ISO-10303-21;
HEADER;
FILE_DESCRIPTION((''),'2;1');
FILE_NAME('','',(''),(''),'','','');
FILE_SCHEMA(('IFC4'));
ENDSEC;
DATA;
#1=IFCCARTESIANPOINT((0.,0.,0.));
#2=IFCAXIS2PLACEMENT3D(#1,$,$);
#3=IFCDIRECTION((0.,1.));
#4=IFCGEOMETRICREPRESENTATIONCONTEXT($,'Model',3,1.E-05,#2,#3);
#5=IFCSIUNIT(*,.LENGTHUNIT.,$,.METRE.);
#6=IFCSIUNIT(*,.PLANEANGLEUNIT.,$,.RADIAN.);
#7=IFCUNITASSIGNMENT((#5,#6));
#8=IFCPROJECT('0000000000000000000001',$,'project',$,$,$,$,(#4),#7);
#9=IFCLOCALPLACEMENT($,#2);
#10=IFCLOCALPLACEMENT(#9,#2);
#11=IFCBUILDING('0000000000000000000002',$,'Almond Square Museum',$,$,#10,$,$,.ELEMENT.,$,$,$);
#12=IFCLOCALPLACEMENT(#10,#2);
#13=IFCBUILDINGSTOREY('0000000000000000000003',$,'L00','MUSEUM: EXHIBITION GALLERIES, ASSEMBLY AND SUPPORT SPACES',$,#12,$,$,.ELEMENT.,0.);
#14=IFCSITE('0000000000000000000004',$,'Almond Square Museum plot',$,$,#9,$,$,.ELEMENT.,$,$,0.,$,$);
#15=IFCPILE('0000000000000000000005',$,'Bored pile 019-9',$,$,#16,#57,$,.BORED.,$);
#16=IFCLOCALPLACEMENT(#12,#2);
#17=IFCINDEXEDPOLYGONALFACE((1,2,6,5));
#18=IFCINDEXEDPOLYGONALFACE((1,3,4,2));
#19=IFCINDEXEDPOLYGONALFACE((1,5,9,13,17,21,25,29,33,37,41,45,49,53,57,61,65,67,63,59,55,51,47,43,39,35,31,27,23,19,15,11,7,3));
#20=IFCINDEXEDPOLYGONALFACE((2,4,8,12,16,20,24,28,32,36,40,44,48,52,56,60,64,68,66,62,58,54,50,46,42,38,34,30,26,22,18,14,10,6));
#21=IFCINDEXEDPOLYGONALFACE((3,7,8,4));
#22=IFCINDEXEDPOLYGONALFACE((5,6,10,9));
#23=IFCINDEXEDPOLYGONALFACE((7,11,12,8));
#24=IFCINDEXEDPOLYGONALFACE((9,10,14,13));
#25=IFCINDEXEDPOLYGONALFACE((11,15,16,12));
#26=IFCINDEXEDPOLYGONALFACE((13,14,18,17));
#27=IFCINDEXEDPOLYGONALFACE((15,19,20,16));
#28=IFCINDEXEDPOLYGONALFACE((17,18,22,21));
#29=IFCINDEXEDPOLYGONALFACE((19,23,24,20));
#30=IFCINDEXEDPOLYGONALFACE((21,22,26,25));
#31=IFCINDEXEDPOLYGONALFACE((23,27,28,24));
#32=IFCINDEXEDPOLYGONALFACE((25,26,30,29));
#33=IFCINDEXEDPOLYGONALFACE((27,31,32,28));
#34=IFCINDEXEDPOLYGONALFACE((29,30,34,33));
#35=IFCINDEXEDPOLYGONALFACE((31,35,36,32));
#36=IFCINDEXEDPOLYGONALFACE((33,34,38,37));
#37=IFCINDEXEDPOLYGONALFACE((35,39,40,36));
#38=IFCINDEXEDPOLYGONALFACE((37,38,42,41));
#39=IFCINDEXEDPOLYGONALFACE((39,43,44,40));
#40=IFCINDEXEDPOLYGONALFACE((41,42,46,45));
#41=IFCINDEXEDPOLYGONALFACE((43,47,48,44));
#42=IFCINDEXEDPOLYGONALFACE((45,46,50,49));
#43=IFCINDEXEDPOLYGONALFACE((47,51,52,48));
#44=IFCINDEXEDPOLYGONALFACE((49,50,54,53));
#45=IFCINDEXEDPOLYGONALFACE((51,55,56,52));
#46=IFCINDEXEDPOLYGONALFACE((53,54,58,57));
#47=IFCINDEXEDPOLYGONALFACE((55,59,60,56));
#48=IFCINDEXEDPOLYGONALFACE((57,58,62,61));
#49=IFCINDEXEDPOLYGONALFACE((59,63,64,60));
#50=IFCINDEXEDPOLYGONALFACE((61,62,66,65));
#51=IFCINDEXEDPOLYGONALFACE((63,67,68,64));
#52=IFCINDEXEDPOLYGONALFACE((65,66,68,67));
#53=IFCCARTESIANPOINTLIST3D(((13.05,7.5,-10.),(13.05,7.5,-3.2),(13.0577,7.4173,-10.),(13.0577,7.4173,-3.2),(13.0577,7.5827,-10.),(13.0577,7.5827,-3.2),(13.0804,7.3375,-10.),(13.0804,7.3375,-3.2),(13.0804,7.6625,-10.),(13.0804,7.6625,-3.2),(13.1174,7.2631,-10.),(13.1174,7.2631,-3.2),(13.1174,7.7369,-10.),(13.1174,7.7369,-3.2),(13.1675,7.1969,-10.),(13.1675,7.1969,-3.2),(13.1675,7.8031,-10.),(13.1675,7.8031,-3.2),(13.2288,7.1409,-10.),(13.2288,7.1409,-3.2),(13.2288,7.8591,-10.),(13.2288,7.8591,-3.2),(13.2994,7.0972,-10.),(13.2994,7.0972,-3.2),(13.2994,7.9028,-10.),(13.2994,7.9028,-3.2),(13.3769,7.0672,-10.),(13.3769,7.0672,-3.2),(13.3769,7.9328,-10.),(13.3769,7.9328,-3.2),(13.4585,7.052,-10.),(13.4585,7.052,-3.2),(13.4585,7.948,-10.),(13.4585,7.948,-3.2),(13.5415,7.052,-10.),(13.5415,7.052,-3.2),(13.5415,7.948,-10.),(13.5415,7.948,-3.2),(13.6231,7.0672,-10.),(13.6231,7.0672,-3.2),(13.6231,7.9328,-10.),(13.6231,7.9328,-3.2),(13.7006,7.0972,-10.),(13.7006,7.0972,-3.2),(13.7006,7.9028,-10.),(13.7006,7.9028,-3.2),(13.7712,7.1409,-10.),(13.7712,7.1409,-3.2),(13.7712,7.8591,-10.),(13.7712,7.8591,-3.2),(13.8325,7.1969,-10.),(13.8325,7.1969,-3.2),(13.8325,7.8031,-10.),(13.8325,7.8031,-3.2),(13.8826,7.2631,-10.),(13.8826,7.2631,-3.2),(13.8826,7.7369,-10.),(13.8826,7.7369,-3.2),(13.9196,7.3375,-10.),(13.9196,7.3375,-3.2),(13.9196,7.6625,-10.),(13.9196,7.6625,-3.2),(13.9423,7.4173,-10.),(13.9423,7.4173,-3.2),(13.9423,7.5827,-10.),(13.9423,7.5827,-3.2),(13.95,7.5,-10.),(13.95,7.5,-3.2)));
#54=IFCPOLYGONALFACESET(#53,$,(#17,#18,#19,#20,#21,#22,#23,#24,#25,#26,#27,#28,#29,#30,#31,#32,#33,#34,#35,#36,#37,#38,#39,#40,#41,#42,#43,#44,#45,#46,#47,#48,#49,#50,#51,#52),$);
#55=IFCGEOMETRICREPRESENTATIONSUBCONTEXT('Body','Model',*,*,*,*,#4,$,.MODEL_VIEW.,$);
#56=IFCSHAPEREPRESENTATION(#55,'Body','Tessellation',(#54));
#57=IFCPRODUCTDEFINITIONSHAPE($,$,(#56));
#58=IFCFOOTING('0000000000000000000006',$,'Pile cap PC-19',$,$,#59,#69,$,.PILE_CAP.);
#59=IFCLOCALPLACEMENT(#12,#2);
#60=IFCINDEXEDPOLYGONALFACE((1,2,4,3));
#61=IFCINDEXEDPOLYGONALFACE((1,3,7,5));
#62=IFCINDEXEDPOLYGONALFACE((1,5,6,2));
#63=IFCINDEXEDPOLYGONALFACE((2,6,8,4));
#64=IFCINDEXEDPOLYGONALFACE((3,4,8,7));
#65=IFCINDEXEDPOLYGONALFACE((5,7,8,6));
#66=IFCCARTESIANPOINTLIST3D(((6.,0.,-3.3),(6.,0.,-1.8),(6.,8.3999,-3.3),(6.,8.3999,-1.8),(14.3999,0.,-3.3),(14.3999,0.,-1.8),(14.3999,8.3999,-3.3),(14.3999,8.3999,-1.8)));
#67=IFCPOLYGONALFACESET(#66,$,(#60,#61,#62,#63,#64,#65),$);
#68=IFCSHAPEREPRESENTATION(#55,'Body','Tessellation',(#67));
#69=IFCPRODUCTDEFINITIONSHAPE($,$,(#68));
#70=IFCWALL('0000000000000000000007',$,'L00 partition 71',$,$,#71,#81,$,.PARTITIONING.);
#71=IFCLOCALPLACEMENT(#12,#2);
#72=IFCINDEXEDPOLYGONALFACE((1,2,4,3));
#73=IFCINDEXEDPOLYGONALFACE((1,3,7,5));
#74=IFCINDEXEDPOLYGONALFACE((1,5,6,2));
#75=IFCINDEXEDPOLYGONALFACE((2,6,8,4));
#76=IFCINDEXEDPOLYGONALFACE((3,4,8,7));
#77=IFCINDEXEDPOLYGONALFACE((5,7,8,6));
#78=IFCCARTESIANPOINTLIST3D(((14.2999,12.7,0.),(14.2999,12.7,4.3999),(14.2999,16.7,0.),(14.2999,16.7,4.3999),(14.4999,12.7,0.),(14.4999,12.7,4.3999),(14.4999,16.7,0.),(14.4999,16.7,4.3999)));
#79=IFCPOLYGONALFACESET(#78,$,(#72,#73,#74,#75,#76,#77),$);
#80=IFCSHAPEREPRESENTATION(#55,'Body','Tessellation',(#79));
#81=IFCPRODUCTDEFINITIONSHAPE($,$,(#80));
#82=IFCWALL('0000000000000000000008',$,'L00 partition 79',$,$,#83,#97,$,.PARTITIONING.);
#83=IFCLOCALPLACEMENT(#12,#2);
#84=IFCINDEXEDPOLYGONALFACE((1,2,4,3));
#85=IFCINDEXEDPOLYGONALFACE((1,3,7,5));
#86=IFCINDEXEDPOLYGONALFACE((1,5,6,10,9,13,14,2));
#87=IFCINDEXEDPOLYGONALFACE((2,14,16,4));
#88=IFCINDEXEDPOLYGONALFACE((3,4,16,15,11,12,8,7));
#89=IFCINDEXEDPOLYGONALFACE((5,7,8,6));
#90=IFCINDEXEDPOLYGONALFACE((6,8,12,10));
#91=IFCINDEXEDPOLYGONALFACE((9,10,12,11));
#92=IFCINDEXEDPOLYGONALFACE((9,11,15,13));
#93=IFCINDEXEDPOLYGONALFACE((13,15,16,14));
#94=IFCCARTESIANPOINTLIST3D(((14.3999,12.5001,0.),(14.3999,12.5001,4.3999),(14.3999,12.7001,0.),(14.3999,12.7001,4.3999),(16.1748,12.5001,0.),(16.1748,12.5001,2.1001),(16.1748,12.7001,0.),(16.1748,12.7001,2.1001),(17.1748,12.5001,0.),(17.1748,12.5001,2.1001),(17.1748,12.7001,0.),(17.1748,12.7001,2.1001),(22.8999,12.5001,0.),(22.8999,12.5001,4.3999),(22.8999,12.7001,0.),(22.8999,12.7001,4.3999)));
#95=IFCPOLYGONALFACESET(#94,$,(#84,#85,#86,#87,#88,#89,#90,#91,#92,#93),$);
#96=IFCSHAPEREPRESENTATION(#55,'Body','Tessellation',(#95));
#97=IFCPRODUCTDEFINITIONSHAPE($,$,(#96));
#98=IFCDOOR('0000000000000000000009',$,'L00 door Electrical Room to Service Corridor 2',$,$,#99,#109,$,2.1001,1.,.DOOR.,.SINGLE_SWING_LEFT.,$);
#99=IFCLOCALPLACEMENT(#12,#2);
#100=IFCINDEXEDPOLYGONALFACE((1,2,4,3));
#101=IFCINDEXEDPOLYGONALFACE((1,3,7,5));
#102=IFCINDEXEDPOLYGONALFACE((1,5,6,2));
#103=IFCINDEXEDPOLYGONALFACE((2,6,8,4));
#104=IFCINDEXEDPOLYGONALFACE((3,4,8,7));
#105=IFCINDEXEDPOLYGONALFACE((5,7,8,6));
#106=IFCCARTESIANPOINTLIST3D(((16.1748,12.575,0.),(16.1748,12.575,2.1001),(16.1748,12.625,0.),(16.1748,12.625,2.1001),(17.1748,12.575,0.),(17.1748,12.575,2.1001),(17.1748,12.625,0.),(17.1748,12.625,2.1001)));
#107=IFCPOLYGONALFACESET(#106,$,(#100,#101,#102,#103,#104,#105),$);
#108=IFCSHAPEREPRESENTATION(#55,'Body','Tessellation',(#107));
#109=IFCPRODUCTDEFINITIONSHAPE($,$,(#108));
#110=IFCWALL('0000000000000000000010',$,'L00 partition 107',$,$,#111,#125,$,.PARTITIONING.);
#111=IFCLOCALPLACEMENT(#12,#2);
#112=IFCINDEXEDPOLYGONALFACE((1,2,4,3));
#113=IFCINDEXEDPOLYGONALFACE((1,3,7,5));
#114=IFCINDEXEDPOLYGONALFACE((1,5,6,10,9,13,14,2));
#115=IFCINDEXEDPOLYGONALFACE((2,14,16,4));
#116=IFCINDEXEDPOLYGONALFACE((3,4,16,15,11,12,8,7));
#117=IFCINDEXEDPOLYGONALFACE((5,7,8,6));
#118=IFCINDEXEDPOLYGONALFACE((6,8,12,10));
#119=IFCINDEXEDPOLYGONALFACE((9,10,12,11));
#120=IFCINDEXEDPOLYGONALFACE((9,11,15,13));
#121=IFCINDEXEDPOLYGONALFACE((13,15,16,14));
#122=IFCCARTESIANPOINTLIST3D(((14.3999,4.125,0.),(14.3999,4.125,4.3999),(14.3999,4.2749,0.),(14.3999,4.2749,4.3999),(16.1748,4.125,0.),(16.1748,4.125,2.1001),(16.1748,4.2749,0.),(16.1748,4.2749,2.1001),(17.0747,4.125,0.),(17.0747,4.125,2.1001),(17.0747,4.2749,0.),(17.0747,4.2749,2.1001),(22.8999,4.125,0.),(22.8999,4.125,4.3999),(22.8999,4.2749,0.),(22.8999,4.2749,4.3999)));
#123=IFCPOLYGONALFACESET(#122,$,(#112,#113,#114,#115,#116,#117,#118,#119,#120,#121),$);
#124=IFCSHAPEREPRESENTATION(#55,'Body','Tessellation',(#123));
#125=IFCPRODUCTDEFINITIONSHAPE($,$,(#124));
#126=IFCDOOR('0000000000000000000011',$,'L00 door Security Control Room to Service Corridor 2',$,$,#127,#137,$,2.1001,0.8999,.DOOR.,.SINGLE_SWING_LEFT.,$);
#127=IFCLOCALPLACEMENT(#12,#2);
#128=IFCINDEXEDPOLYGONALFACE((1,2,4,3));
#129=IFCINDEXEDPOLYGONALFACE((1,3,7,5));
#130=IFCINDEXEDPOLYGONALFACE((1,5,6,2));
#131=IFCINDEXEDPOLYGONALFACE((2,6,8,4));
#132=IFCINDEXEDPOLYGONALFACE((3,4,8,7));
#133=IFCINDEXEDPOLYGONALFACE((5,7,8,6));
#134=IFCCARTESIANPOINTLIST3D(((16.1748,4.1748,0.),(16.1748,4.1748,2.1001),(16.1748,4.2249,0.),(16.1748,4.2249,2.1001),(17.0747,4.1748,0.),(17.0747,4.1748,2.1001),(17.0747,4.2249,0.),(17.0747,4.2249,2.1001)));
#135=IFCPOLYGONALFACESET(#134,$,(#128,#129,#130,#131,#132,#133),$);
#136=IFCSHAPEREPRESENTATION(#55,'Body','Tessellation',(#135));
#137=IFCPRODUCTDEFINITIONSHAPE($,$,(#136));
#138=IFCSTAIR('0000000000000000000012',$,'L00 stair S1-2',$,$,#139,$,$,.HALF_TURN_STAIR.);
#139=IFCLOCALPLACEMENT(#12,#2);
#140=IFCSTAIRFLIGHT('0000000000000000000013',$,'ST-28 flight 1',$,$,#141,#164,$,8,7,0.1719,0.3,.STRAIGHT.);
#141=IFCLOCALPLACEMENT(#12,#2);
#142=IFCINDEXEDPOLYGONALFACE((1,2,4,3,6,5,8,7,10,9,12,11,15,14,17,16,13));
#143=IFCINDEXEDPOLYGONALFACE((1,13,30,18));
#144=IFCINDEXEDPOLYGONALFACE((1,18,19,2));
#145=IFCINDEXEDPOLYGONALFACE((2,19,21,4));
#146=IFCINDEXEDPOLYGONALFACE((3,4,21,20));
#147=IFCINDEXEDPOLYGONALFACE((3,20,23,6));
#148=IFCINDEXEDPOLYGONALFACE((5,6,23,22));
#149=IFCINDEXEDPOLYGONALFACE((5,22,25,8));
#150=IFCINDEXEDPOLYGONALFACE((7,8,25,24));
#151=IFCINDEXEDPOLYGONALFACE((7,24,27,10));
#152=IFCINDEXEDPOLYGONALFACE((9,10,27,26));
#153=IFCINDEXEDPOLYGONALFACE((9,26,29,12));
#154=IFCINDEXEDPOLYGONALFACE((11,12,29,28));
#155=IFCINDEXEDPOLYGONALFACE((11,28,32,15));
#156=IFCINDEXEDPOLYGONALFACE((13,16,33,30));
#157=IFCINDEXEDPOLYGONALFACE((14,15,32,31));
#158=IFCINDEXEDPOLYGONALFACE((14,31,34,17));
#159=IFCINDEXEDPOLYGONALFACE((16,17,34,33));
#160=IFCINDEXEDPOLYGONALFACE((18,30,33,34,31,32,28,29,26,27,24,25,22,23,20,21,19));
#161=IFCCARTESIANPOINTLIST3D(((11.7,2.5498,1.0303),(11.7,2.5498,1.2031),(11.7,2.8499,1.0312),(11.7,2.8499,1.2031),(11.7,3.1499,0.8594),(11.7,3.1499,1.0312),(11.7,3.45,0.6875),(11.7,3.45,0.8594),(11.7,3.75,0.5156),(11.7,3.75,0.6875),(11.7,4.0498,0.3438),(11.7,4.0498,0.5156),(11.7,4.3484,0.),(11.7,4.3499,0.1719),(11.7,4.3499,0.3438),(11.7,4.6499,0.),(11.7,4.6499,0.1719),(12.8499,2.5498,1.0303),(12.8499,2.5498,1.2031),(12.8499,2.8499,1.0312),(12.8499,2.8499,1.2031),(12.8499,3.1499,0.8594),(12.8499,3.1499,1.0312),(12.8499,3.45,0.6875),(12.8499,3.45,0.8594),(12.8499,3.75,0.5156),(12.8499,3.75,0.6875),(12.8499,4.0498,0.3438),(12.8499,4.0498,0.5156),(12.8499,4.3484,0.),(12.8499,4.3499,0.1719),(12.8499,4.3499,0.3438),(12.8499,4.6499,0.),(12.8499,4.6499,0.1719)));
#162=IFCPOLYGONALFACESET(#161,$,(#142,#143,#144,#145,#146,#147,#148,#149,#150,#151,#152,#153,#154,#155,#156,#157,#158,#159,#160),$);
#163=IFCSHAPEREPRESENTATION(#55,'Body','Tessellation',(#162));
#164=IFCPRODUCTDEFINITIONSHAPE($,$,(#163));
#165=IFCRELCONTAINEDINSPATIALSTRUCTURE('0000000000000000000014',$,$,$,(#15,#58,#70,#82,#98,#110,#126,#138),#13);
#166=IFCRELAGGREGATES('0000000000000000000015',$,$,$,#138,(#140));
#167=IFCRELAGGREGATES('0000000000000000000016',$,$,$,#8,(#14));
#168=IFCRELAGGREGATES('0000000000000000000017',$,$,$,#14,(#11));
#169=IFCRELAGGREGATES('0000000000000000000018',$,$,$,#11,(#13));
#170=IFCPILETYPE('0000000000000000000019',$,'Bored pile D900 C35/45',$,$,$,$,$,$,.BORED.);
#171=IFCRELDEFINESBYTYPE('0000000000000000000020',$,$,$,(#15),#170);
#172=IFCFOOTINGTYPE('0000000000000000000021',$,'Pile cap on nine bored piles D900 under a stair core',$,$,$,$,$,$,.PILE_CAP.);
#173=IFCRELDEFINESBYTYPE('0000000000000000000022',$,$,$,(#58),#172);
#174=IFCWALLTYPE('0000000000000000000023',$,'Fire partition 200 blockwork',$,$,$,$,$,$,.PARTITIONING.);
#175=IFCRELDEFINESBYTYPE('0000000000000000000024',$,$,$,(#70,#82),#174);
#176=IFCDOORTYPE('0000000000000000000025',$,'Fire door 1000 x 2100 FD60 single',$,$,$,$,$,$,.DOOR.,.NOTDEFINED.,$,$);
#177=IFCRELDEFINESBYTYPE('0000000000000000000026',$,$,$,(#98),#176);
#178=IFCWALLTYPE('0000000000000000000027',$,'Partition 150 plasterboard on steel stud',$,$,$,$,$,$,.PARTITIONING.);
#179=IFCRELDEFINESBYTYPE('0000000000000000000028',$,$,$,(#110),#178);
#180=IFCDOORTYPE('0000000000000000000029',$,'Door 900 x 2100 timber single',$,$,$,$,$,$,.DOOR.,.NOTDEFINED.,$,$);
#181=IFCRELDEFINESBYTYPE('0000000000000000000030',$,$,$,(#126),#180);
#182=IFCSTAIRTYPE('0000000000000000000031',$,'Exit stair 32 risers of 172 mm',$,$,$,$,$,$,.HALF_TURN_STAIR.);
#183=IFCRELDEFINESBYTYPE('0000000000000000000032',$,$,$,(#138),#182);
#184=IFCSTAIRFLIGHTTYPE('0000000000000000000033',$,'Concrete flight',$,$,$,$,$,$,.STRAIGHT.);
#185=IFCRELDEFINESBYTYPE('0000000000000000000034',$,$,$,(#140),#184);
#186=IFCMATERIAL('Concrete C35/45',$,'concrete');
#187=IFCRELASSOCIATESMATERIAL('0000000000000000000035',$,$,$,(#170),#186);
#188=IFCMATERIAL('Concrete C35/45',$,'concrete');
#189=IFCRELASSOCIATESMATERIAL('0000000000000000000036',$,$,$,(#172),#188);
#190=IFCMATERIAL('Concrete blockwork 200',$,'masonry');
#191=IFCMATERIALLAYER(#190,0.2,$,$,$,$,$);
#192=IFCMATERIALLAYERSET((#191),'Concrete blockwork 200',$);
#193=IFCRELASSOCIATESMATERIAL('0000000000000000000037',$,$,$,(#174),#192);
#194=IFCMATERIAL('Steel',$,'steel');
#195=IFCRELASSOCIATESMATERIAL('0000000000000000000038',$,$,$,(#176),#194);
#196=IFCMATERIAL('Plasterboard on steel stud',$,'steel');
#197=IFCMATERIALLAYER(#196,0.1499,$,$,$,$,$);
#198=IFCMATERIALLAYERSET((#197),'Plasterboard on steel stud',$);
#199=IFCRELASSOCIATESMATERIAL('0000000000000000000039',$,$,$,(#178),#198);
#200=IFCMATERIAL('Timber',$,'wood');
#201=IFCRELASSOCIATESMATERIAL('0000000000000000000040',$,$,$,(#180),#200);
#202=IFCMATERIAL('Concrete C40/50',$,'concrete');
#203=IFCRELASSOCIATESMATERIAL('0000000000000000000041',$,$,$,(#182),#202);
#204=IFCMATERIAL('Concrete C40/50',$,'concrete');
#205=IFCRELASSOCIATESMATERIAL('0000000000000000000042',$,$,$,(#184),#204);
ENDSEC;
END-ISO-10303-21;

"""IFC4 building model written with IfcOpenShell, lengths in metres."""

from ifc_helpers import new_model, si_unit, direction, frame, frame_2d, origin, origin_2d, place, context, subcontext, project, spatial, polyline, rectangle, circle, outline, extrude, material, layer, layer_set, material_profile, profile_set, type_object, element, fill, aggregate, save


model = new_model("IFC4")

# Units and contexts
model_context = context("Model", 3, precision=1e-05, world=origin(), true_north=direction((0.0, 1.0)))
body_context = subcontext(model_context, "Body", "Model", "MODEL_VIEW")
ifc_project = project(units=[si_unit("LENGTHUNIT", "METRE"), si_unit("PLANEANGLEUNIT", "RADIAN")], contexts=[model_context])

# Site, building, storey
site_placement = place(None, origin())
site = spatial("IfcSite", under=ifc_project, at=site_placement, Name="Almond Square Museum plot", CompositionType="ELEMENT", RefElevation=0.0)
building_placement = place(site_placement, origin())
building = spatial("IfcBuilding", under=site, at=building_placement, Name="Almond Square Museum", CompositionType="ELEMENT")
storey_placement = place(building_placement, origin())
storey = spatial("IfcBuildingStorey", under=building, at=storey_placement, Name="L00", Description="MUSEUM: EXHIBITION GALLERIES, ASSEMBLY AND SUPPORT SPACES", CompositionType="ELEMENT", Elevation=0.0)

# Pile
ifc_material_1 = material(Name="Concrete C35/45", Category="concrete")
ifc_material_profile = material_profile(ifc_material_1, circle(Radius=0.45, at=origin_2d()))
ifc_profile_set = profile_set([ifc_material_profile], Name="Concrete C35/45")
pile_type = type_object("IfcPileType", Name="Bored pile D900 C35/45", PredefinedType="BORED", material=ifc_profile_set)
for number, where, z_axis, x_axis, name in (
    (1, (13.5, 7.5, -3.2), (0.0, 0.0, -1.0), (1.0, 0.0, 0.0), "Bored pile 019-9"),
):
    element("IfcPile", number, at=place(storey_placement, frame(where, z_axis=z_axis, x_axis=x_axis)), inside=storey, type_object=pile_type, Name=name, PredefinedType="BORED", context=body_context, shape_type="SweptSolid", body=[
        extrude(circle(Radius=0.45, at=origin_2d()), origin(), (0.0, 0.0, 1.0), 6.8),
    ])

# Footing
ifc_material_2 = material(Name="Concrete C35/45", Category="concrete")
footing_type = type_object("IfcFootingType", Name="Pile cap on nine bored piles D900 under a stair core", PredefinedType="PILE_CAP", material=ifc_material_2)
footing_placement = place(storey_placement, frame((10.2, 4.2, -3.3), z_axis=(0.0, 0.0, 1.0), x_axis=(1.0, 0.0, 0.0)))
element("IfcFooting", 2, at=footing_placement, inside=storey, type_object=footing_type, Name="Pile cap PC-19", PredefinedType="PILE_CAP", context=body_context, shape_type="SweptSolid", body=[
    extrude(rectangle(XDim=8.3999, YDim=8.3999, at=origin_2d()), origin(), (0.0, 0.0, 1.0), 1.5),
])

# Wall
ifc_material_3 = material(Name="Concrete blockwork 200", Category="masonry")
ifc_layer_1 = layer(ifc_material_3, 0.2)
ifc_layer_set_1 = layer_set([ifc_layer_1], Name="Concrete blockwork 200")
wall_type_1 = type_object("IfcWallType", Name="Fire partition 200 blockwork", PredefinedType="PARTITIONING", material=ifc_layer_set_1)
wall_1_placement = place(storey_placement, frame((14.3999, 12.7, 0.0), z_axis=(0.0, 0.0, 1.0), x_axis=(0.0, 1.0, 0.0)))
element("IfcWall", 3, at=wall_1_placement, inside=storey, type_object=wall_type_1, Name="L00 partition 71", PredefinedType="PARTITIONING", context=body_context, shape_type="SweptSolid", body=[
    extrude(rectangle(XDim=4.0, YDim=0.2, at=frame_2d((2.0, 0.0))), origin(), (0.0, 0.0, 1.0), 4.3999),
])

# Walls, openings, doors
wall_2_placement = place(storey_placement, frame((14.3999, 12.6001, 0.0), z_axis=(0.0, 0.0, 1.0), x_axis=(1.0, 0.0, 0.0)))
wall_2 = element("IfcWall", 4, at=wall_2_placement, inside=storey, type_object=wall_type_1, Name="L00 partition 79", PredefinedType="PARTITIONING", context=body_context, shape_type="SweptSolid", body=[
    extrude(rectangle(XDim=8.5, YDim=0.2, at=frame_2d((4.25, 0.0))), origin(), (0.0, 0.0, 1.0), 4.3999),
])
opening_1_placement = place(wall_2_placement, frame((1.7749, 0.0, 0.0)))
opening_1 = element("IfcOpeningElement", 5, at=opening_1_placement, cuts=wall_2, PredefinedType="OPENING", context=body_context, shape_type="SweptSolid", body=[
    extrude(rectangle(XDim=1.0, YDim=2.1001, at=frame_2d((0.5, 1.05))), frame((0.0, 0.1099, 0.0), z_axis=(0.0, -1.0, 0.0), x_axis=(1.0, 0.0, 0.0)), (0.0, 0.0, 1.0), 0.22),
])
ifc_material_4 = material(Name="Steel", Category="steel")
door_type_1 = type_object("IfcDoorType", Name="Fire door 1000 x 2100 FD60 single", OperationType="NOTDEFINED", PredefinedType="DOOR", material=ifc_material_4)
door_1_placement = place(opening_1_placement, origin())
door_1 = element("IfcDoor", 6, at=door_1_placement, inside=storey, type_object=door_type_1, Name="L00 door Electrical Room to Service Corridor 2", OperationType="SINGLE_SWING_LEFT", OverallHeight=2.1001, OverallWidth=1.0, PredefinedType="DOOR", context=body_context, shape_type="SweptSolid", body=[
    extrude(rectangle(XDim=1.0, YDim=2.1001, at=frame_2d((0.5, 1.05))), frame((0.0, 0.0249, 0.0), z_axis=(0.0, -1.0, 0.0), x_axis=(1.0, 0.0, 0.0)), (0.0, 0.0, 1.0), 0.05),
])
fill(opening_1, door_1)
ifc_material_5 = material(Name="Plasterboard on steel stud", Category="steel")
ifc_layer_2 = layer(ifc_material_5, 0.1499)
ifc_layer_set_2 = layer_set([ifc_layer_2], Name="Plasterboard on steel stud")
wall_type_2 = type_object("IfcWallType", Name="Partition 150 plasterboard on steel stud", PredefinedType="PARTITIONING", material=ifc_layer_set_2)
wall_3_placement = place(storey_placement, frame((14.3999, 4.2, 0.0), z_axis=(0.0, 0.0, 1.0), x_axis=(1.0, 0.0, 0.0)))
wall_3 = element("IfcWall", 7, at=wall_3_placement, inside=storey, type_object=wall_type_2, Name="L00 partition 107", PredefinedType="PARTITIONING", context=body_context, shape_type="SweptSolid", body=[
    extrude(rectangle(XDim=8.5, YDim=0.1499, at=frame_2d((4.25, 0.0))), origin(), (0.0, 0.0, 1.0), 4.3999),
])
opening_2_placement = place(wall_3_placement, frame((1.7749, 0.0, 0.0)))
opening_2 = element("IfcOpeningElement", 8, at=opening_2_placement, cuts=wall_3, PredefinedType="OPENING", context=body_context, shape_type="SweptSolid", body=[
    extrude(rectangle(XDim=0.8999, YDim=2.1001, at=frame_2d((0.45, 1.05))), frame((0.0, 0.085, 0.0), z_axis=(0.0, -1.0, 0.0), x_axis=(1.0, 0.0, 0.0)), (0.0, 0.0, 1.0), 0.1699),
])
ifc_material_6 = material(Name="Timber", Category="wood")
door_type_2 = type_object("IfcDoorType", Name="Door 900 x 2100 timber single", OperationType="NOTDEFINED", PredefinedType="DOOR", material=ifc_material_6)
door_2_placement = place(opening_2_placement, origin())
door_2 = element("IfcDoor", 9, at=door_2_placement, inside=storey, type_object=door_type_2, Name="L00 door Security Control Room to Service Corridor 2", OperationType="SINGLE_SWING_LEFT", OverallHeight=2.1001, OverallWidth=0.8999, PredefinedType="DOOR", context=body_context, shape_type="SweptSolid", body=[
    extrude(rectangle(XDim=0.8999, YDim=2.1001, at=frame_2d((0.45, 1.05))), frame((0.0, 0.0249, 0.0), z_axis=(0.0, -1.0, 0.0), x_axis=(1.0, 0.0, 0.0)), (0.0, 0.0, 1.0), 0.05),
])
fill(opening_2, door_2)

# Stair, stair flight
ifc_material_7 = material(Name="Concrete C40/50", Category="concrete")
stair_type = type_object("IfcStairType", Name="Exit stair 32 risers of 172 mm", PredefinedType="HALF_TURN_STAIR", material=ifc_material_7)
stair_placement = place(storey_placement, origin())
stair = element("IfcStair", 10, at=stair_placement, inside=storey, type_object=stair_type, Name="L00 stair S1-2", PredefinedType="HALF_TURN_STAIR")
ifc_material_8 = material(Name="Concrete C40/50", Category="concrete")
stair_flight_type = type_object("IfcStairFlightType", Name="Concrete flight", PredefinedType="STRAIGHT", material=ifc_material_8)
stair_flight_1_placement = place(storey_placement, frame((12.2749, 4.6499, 0.0), z_axis=(0.0, 0.0, 1.0), x_axis=(0.0, -1.0, 0.0)))
stair_flight_1 = element("IfcStairFlight", 11, at=stair_flight_1_placement, type_object=stair_flight_type, Name="ST-28 flight 1", NumberOfRisers=8, NumberOfTreads=7, PredefinedType="STRAIGHT", RiserHeight=0.1719, TreadLength=0.3, context=body_context, shape_type="SweptSolid", body=[
    extrude(outline(polyline([(0.0, 0.0), (0.0, 0.1719), (0.3, 0.1719), (0.3, 0.3438), (0.6001, 0.3438), (0.6001, 0.5156), (0.8999, 0.5156), (0.8999, 0.6875), (1.2, 0.6875), (1.2, 0.8594), (1.5, 0.8594), (1.5, 1.0312), (1.8, 1.0312), (1.8, 1.2031), (2.1001, 1.2031), (2.1001, 1.375), (2.1001, 1.0303), (0.3015, 0.0), (0.0, 0.0)])), frame((0.0, 0.575, 0.0), z_axis=(0.0, -1.0, 0.0), x_axis=(1.0, 0.0, 0.0)), (0.0, 0.0, 1.0), 1.1499),
])
aggregate(stair, [stair_flight_1])

save(model, "model.ifc")
